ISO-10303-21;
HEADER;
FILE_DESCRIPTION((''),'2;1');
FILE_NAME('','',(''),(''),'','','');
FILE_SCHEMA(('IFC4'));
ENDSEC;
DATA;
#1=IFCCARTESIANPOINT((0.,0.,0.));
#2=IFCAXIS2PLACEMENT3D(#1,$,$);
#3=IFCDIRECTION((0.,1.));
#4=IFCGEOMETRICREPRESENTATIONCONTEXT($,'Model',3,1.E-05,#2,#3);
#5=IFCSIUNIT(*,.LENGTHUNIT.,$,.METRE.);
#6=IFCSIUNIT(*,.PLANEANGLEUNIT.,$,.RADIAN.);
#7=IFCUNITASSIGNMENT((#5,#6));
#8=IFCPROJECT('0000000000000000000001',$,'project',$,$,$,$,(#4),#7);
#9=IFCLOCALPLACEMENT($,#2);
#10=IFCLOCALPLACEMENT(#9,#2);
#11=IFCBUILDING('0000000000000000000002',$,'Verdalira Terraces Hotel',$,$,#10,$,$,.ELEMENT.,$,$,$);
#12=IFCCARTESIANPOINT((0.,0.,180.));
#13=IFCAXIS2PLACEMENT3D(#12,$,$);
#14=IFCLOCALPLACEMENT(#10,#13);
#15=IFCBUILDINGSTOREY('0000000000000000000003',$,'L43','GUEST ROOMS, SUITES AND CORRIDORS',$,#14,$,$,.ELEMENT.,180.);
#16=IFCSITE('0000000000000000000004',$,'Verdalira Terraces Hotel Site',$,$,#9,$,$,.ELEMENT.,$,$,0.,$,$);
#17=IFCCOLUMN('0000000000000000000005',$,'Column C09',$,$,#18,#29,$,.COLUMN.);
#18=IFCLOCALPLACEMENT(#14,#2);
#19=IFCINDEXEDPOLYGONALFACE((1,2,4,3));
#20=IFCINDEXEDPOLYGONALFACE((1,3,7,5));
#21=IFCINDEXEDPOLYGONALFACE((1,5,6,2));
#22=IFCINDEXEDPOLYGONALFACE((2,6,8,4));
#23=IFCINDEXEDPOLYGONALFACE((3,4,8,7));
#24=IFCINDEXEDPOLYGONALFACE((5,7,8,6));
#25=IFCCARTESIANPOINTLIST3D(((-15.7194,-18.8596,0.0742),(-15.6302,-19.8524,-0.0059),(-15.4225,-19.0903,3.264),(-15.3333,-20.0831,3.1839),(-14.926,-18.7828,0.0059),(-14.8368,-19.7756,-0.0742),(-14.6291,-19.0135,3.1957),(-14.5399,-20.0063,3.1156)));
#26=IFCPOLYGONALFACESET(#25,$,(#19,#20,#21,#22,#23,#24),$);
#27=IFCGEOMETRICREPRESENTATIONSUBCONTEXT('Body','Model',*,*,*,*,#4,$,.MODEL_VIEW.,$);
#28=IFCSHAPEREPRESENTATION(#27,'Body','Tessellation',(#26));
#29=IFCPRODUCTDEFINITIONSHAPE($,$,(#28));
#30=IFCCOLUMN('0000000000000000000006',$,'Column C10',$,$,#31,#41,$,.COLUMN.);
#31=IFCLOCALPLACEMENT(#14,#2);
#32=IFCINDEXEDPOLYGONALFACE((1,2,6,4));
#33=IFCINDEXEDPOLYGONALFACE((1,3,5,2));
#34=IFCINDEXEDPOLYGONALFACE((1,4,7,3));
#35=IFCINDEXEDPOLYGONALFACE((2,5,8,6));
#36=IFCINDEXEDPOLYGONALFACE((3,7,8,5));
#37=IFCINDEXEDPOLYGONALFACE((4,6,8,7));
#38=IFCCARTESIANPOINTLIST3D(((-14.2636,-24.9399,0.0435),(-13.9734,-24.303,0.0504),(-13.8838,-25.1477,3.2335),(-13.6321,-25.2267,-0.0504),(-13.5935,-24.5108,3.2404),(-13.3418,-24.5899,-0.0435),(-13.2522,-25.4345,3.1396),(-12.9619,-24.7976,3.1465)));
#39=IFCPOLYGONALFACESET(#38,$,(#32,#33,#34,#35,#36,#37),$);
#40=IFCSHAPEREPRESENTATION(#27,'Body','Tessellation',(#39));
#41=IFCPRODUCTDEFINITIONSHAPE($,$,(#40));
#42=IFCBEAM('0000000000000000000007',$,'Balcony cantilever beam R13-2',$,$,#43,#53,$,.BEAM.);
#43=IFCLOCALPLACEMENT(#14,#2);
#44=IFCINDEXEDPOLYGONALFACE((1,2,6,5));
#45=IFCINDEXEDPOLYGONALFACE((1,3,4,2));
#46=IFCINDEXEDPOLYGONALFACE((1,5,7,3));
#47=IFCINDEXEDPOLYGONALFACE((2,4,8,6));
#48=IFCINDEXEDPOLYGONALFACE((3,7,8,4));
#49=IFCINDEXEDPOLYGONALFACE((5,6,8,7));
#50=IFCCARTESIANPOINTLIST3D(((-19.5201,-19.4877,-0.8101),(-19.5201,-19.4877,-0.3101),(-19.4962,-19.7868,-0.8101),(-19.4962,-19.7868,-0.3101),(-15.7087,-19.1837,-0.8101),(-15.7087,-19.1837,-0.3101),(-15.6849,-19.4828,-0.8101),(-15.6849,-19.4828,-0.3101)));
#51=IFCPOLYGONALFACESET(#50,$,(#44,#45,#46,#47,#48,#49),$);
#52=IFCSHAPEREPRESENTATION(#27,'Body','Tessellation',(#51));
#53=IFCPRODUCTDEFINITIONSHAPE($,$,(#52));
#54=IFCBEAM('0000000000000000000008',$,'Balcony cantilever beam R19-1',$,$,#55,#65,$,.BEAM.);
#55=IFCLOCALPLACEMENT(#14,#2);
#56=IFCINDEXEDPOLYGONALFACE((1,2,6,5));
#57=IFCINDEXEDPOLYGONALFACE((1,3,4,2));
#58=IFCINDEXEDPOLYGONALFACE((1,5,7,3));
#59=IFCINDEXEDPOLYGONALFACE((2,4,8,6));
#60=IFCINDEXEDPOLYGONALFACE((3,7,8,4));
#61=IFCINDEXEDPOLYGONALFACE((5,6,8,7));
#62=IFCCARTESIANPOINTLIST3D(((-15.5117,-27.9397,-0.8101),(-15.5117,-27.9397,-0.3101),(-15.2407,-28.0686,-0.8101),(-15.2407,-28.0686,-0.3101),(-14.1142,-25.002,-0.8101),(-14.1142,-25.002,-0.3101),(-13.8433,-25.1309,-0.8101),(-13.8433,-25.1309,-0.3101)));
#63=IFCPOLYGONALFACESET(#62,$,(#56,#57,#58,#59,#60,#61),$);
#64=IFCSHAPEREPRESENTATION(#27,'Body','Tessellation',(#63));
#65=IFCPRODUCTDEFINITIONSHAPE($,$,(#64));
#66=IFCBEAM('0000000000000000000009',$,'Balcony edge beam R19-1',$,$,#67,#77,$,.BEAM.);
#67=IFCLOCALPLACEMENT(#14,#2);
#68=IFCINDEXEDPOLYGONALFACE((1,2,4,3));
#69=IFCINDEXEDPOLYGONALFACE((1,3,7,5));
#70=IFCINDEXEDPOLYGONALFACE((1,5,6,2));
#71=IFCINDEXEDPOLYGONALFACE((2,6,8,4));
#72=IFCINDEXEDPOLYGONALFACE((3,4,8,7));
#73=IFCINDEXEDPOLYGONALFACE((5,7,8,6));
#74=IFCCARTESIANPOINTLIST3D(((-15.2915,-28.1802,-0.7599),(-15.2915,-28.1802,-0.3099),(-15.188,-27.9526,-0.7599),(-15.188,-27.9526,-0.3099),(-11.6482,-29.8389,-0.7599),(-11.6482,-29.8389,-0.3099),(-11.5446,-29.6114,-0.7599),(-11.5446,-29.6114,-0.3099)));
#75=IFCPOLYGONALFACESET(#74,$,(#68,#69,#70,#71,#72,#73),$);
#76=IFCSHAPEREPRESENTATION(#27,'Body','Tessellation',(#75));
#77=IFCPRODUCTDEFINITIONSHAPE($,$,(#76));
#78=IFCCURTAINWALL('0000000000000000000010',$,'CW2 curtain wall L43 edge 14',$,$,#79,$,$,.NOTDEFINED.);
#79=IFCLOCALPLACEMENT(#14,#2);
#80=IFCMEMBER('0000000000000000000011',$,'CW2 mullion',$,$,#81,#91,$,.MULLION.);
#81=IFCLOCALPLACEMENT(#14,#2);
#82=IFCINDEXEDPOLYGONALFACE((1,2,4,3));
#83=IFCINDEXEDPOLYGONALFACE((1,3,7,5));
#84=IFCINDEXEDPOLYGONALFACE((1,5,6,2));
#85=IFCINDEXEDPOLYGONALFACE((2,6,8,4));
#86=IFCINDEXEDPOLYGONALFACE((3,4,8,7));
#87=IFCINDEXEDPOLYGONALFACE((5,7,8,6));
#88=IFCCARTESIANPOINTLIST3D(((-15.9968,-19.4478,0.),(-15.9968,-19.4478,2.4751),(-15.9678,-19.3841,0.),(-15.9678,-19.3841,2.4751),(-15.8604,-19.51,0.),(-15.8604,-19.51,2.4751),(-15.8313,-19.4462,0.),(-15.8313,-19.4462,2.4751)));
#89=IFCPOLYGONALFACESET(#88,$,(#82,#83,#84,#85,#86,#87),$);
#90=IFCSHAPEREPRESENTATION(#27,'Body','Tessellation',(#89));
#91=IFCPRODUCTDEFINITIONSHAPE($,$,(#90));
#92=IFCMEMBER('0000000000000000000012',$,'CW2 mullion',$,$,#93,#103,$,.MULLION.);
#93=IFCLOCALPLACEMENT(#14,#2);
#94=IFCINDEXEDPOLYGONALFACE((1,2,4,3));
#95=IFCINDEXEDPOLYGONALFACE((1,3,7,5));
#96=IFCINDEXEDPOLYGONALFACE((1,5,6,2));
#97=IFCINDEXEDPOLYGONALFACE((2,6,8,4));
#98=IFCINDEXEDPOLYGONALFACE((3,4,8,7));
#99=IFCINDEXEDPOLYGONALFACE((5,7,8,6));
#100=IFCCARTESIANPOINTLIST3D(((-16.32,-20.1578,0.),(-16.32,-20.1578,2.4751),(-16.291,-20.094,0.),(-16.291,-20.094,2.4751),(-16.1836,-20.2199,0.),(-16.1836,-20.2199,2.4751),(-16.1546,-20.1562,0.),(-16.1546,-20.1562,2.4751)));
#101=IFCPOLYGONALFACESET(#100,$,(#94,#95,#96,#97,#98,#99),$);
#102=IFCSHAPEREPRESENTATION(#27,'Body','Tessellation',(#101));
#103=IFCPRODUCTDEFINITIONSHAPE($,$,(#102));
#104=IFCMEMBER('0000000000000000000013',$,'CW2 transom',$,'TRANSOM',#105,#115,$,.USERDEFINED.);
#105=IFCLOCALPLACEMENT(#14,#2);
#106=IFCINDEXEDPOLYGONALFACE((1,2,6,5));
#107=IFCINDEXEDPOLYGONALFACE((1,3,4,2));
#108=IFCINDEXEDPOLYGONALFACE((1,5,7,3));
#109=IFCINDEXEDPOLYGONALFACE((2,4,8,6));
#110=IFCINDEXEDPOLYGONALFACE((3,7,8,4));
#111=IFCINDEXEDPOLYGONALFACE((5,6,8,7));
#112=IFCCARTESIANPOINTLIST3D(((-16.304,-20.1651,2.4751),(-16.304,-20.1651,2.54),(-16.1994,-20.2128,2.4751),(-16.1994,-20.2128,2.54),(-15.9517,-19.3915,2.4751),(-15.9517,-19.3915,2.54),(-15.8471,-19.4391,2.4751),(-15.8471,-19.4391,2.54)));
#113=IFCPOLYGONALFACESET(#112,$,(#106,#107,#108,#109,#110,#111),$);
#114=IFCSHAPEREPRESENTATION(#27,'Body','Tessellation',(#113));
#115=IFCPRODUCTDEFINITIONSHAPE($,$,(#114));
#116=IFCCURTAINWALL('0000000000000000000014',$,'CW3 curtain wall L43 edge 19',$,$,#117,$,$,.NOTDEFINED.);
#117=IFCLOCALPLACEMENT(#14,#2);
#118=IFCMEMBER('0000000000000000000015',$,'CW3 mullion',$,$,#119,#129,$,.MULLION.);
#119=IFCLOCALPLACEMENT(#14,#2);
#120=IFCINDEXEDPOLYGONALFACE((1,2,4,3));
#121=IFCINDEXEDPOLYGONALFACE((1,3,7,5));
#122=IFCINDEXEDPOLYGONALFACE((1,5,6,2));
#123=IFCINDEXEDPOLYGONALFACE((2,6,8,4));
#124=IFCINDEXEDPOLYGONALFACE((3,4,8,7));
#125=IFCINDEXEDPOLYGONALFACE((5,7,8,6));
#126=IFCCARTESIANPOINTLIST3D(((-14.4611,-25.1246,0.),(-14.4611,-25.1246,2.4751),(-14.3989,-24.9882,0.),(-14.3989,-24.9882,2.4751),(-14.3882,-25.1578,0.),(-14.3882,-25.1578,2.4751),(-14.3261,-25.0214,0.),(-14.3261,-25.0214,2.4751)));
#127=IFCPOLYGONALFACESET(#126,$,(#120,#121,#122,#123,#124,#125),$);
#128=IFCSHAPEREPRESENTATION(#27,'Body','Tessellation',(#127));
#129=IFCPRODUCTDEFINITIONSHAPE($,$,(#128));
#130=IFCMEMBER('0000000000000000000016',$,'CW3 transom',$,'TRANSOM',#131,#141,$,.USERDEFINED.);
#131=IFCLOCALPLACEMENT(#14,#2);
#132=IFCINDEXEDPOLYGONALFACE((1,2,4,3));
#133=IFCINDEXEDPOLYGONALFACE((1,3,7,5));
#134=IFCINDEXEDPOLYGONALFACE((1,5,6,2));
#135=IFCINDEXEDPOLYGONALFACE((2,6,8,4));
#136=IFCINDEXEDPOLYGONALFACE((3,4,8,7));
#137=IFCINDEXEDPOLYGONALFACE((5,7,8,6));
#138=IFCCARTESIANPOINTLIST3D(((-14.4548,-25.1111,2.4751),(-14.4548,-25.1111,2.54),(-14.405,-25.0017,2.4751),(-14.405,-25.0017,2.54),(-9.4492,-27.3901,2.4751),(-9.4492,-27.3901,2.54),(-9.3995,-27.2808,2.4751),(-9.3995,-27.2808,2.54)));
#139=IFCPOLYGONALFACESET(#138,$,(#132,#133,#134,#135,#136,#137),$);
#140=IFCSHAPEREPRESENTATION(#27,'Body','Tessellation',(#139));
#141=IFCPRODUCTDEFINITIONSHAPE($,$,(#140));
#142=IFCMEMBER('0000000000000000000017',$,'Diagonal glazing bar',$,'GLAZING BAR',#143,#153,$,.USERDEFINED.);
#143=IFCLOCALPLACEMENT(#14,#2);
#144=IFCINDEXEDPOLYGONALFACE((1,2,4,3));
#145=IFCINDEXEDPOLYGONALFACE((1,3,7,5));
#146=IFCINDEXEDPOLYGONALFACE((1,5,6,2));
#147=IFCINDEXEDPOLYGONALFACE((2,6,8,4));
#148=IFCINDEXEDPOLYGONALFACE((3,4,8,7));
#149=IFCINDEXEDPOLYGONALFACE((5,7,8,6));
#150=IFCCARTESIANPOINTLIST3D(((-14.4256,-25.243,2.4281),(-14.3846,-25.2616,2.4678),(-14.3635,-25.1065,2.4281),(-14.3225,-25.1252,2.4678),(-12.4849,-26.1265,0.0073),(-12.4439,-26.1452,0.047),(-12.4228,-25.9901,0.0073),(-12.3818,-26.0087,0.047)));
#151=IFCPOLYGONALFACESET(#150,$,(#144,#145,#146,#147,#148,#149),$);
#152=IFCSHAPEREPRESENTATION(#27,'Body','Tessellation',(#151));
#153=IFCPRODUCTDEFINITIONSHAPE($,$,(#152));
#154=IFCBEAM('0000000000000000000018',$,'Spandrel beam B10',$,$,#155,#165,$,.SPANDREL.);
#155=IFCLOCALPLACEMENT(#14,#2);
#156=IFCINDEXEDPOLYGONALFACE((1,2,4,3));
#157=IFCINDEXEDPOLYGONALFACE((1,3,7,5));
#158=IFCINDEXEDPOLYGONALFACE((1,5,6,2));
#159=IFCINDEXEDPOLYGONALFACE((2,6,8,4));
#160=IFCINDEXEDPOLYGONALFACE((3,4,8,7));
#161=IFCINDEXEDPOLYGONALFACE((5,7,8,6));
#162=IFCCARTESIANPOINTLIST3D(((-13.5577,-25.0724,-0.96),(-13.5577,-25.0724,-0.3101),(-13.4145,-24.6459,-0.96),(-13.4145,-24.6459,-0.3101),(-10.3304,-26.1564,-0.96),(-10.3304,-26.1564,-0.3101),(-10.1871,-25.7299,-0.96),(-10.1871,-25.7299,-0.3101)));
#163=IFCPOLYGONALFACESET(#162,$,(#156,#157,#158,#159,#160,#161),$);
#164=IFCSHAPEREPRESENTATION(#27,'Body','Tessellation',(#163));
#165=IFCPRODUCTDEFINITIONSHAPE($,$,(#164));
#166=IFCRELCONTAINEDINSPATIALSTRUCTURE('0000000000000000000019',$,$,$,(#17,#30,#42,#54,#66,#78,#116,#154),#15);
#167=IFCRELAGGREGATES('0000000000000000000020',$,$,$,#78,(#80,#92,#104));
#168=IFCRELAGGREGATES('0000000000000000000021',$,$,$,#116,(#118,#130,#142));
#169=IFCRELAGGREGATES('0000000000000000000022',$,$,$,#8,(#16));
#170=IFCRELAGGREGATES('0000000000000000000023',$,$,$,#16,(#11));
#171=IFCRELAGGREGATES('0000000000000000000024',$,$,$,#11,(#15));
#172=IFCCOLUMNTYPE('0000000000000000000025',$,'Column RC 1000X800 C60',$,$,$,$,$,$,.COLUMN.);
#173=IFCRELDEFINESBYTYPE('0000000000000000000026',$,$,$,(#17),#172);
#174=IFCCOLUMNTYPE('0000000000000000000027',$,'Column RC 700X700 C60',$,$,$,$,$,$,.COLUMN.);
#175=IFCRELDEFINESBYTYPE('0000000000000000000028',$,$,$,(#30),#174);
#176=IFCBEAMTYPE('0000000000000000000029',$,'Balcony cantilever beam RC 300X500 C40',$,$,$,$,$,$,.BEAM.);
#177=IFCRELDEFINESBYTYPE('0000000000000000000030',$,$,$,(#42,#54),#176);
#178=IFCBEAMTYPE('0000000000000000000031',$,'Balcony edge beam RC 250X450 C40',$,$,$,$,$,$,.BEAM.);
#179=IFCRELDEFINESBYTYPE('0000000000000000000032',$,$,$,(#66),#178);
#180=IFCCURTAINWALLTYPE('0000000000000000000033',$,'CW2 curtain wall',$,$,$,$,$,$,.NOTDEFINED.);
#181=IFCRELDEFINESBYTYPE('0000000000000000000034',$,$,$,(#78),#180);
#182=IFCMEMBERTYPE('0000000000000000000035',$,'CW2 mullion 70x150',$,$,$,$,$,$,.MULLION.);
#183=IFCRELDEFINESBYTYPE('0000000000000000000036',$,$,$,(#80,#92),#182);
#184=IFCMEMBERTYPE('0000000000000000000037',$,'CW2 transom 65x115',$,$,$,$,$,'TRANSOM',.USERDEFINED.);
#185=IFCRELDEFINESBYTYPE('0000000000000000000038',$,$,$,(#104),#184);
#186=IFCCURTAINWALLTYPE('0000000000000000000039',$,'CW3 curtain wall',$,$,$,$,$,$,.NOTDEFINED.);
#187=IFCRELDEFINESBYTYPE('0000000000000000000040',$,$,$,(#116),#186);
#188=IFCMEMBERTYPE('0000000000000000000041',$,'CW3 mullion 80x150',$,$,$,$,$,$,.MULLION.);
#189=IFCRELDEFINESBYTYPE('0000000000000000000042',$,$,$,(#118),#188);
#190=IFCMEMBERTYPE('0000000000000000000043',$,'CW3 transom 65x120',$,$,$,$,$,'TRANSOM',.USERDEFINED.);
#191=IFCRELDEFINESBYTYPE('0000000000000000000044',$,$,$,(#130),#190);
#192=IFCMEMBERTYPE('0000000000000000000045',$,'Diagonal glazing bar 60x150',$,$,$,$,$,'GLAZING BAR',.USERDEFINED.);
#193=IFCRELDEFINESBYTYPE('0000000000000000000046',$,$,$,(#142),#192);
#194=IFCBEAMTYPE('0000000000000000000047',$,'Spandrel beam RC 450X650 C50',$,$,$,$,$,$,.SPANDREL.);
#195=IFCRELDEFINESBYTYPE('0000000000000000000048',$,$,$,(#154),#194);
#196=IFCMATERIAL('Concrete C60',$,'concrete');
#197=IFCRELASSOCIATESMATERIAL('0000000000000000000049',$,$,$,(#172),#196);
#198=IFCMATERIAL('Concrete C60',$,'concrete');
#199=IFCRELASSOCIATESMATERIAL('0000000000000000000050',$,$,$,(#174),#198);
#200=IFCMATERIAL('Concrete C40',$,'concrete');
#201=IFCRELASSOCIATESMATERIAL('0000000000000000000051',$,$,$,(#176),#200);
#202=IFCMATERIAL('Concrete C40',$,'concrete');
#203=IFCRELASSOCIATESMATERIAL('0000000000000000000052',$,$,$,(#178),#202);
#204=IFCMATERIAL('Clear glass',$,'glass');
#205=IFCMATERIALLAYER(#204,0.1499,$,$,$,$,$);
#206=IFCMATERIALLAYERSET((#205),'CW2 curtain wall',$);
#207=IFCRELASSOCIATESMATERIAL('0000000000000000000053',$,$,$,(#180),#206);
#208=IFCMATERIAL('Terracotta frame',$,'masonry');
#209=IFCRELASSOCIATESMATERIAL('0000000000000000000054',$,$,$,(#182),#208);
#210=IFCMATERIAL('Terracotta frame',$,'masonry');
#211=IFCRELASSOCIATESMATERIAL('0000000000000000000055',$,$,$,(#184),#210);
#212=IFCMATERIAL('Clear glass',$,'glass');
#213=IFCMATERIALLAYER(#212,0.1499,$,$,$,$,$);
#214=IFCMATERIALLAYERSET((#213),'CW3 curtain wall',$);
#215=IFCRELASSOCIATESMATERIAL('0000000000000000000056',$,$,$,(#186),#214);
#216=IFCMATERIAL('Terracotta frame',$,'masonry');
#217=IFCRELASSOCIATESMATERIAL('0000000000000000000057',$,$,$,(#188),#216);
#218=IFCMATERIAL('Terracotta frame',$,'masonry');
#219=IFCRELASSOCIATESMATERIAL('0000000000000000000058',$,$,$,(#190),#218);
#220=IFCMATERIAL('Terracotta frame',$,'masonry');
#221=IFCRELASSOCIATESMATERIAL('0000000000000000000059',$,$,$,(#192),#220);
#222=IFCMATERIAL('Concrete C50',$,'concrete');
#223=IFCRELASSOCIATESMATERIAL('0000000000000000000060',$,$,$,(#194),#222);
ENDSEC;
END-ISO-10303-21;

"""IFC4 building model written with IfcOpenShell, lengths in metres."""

from ifc_helpers import new_model, si_unit, direction, frame, origin, origin_2d, place, context, subcontext, project, spatial, rectangle, extrude, material, layer, layer_set, material_profile, profile_set, type_object, element, aggregate, save


model = new_model("IFC4")

# Units and contexts
model_context = context("Model", 3, precision=1e-05, world=origin(), true_north=direction((0.0, 1.0)))
body_context = subcontext(model_context, "Body", "Model", "MODEL_VIEW")
ifc_project = project(units=[si_unit("LENGTHUNIT", "METRE"), si_unit("PLANEANGLEUNIT", "RADIAN")], contexts=[model_context])

# Site, building, storey
site_placement = place(None, origin())
site = spatial("IfcSite", under=ifc_project, at=site_placement, Name="Verdalira Terraces Hotel Site", CompositionType="ELEMENT", RefElevation=0.0)
building_placement = place(site_placement, origin())
building = spatial("IfcBuilding", under=site, at=building_placement, Name="Verdalira Terraces Hotel", CompositionType="ELEMENT")
storey_placement = place(building_placement, frame((0.0, 0.0, 180.0)))
storey = spatial("IfcBuildingStorey", under=building, at=storey_placement, Name="L43", Description="GUEST ROOMS, SUITES AND CORRIDORS", CompositionType="ELEMENT", Elevation=180.0)

# Columns
ifc_material_1 = material(Name="Concrete C60", Category="concrete")
ifc_material_profile_1 = material_profile(ifc_material_1, rectangle(XDim=1.0, YDim=0.8, at=origin_2d()), Name="RC 1000X800")
ifc_profile_set_1 = profile_set([ifc_material_profile_1], Name="Concrete C60")
column_type_1 = type_object("IfcColumnType", Name="Column RC 1000X800 C60", PredefinedType="COLUMN", material=ifc_profile_set_1)
column_1_placement = place(storey_placement, frame((-15.2781, -19.3176, 0.0), z_axis=(0.092426, -0.071828, 0.993125), x_axis=(-0.08919, 0.992788, 0.080104)))
element("IfcColumn", 1, at=column_1_placement, inside=storey, type_object=column_type_1, Name="Column C09", PredefinedType="COLUMN", context=body_context, shape_type="SweptSolid", body=[
    extrude(rectangle(XDim=1.0, YDim=0.8, at=origin_2d()), origin(), (0.0, 0.0, 1.0), 3.2119),
])
ifc_material_2 = material(Name="Concrete C60", Category="concrete")
ifc_material_profile_2 = material_profile(ifc_material_2, rectangle(XDim=0.7, YDim=0.7, at=origin_2d()), Name="RC 700X700")
ifc_profile_set_2 = profile_set([ifc_material_profile_2], Name="Concrete C60")
column_type_2 = type_object("IfcColumnType", Name="Column RC 700X700 C60", PredefinedType="COLUMN", material=ifc_profile_set_2)
column_2_placement = place(storey_placement, frame((-13.8027, -24.7649, 0.0), z_axis=(0.118006, -0.064539, 0.990913), x_axis=(0.902274, -0.409767, -0.134138)))
element("IfcColumn", 2, at=column_2_placement, inside=storey, type_object=column_type_2, Name="Column C10", PredefinedType="COLUMN", context=body_context, shape_type="SweptSolid", body=[
    extrude(rectangle(XDim=0.7, YDim=0.7, at=origin_2d()), origin(), (0.0, 0.0, 1.0), 3.2192),
])

# Beams
ifc_material_3 = material(Name="Concrete C40", Category="concrete")
ifc_material_profile_3 = material_profile(ifc_material_3, rectangle(XDim=0.3, YDim=0.5, at=origin_2d()), Name="RC 300X500")
ifc_profile_set_3 = profile_set([ifc_material_profile_3], Name="Concrete C40")
beam_type_1 = type_object("IfcBeamType", Name="Balcony cantilever beam RC 300X500 C40", PredefinedType="BEAM", material=ifc_profile_set_3)
beam_1_placement = place(storey_placement, frame((-15.6968, -19.3333, -0.5601), z_axis=(-0.996835, -0.079499, 0.0), x_axis=(0.079499, -0.996835, 0.0)))
element("IfcBeam", 3, at=beam_1_placement, inside=storey, type_object=beam_type_1, Name="Balcony cantilever beam R13-2", PredefinedType="BEAM", context=body_context, shape_type="SweptSolid", body=[
    extrude(rectangle(XDim=0.3, YDim=0.5, at=origin_2d()), origin(), (0.0, 0.0, 1.0), 3.8235),
])
beam_2_placement = place(storey_placement, frame((-13.9788, -25.0664, -0.5601), z_axis=(-0.429566, -0.903035, 0.0), x_axis=(0.903035, -0.429566, 0.0)))
element("IfcBeam", 4, at=beam_2_placement, inside=storey, type_object=beam_type_1, Name="Balcony cantilever beam R19-1", PredefinedType="BEAM", context=body_context, shape_type="SweptSolid", body=[
    extrude(rectangle(XDim=0.3, YDim=0.5, at=origin_2d()), origin(), (0.0, 0.0, 1.0), 3.2532),
])
ifc_material_4 = material(Name="Concrete C40", Category="concrete")
ifc_material_profile_4 = material_profile(ifc_material_4, rectangle(XDim=0.25, YDim=0.45, at=origin_2d()), Name="RC 250X450")
ifc_profile_set_4 = profile_set([ifc_material_profile_4], Name="Concrete C40")
beam_type_2 = type_object("IfcBeamType", Name="Balcony edge beam RC 250X450 C40", PredefinedType="BEAM", material=ifc_profile_set_4)
beam_3_placement = place(storey_placement, frame((-15.2397, -28.0664, -0.5349), z_axis=(0.910118, -0.41435, 0.0), x_axis=(0.41435, 0.910118, 0.0)))
element("IfcBeam", 5, at=beam_3_placement, inside=storey, type_object=beam_type_2, Name="Balcony edge beam R19-1", PredefinedType="BEAM", context=body_context, shape_type="SweptSolid", body=[
    extrude(rectangle(XDim=0.25, YDim=0.45, at=origin_2d()), origin(), (0.0, 0.0, 1.0), 4.0032),
])

# Curtain walls, members
ifc_material_5 = material(Name="Clear glass", Category="glass")
ifc_layer_1 = layer(ifc_material_5, 0.1499)
ifc_layer_set_1 = layer_set([ifc_layer_1], Name="CW2 curtain wall")
curtain_wall_type_1 = type_object("IfcCurtainWallType", Name="CW2 curtain wall", PredefinedType="NOTDEFINED", material=ifc_layer_set_1)
curtain_wall_1_placement = place(storey_placement, origin())
curtain_wall_1 = element("IfcCurtainWall", 6, at=curtain_wall_1_placement, inside=storey, type_object=curtain_wall_type_1, Name="CW2 curtain wall L43 edge 14", PredefinedType="NOTDEFINED")
ifc_material_6 = material(Name="Terracotta frame", Category="masonry")
ifc_material_profile_5 = material_profile(ifc_material_6, rectangle(XDim=0.0701, YDim=0.1499, at=origin_2d()), Name="MU 70x150")
ifc_profile_set_5 = profile_set([ifc_material_profile_5], Name="Terracotta frame")
member_type_1 = type_object("IfcMemberType", Name="CW2 mullion 70x150", PredefinedType="MULLION", material=ifc_profile_set_5)
member_1_placement = place(storey_placement, frame((-15.9141, -19.447, 0.0), z_axis=(0.0, 0.0, 1.0), x_axis=(-0.414376, -0.910106, 0.0)))
member_1 = element("IfcMember", 7, at=member_1_placement, type_object=member_type_1, Name="CW2 mullion", PredefinedType="MULLION", context=body_context, shape_type="SweptSolid", body=[
    extrude(rectangle(XDim=0.0701, YDim=0.1499, at=origin_2d()), origin(), (0.0, 0.0, 1.0), 2.4751),
])
member_2_placement = place(storey_placement, frame((-16.2373, -20.157, 0.0), z_axis=(0.0, 0.0, 1.0), x_axis=(-0.414376, -0.910106, 0.0)))
member_2 = element("IfcMember", 8, at=member_2_placement, type_object=member_type_1, Name="CW2 mullion", PredefinedType="MULLION", context=body_context, shape_type="SweptSolid", body=[
    extrude(rectangle(XDim=0.0701, YDim=0.1499, at=origin_2d()), origin(), (0.0, 0.0, 1.0), 2.4751),
])
ifc_material_7 = material(Name="Terracotta frame", Category="masonry")
ifc_material_profile_6 = material_profile(ifc_material_7, rectangle(XDim=0.115, YDim=0.0649, at=origin_2d()), Name="TR 65x115")
ifc_profile_set_6 = profile_set([ifc_material_profile_6], Name="Terracotta frame")
member_type_2 = type_object("IfcMemberType", Name="CW2 transom 65x115", ElementType="TRANSOM", PredefinedType="USERDEFINED", material=ifc_profile_set_6)
member_3_placement = place(storey_placement, frame((-15.8994, -19.4153, 2.5076), z_axis=(-0.414409, -0.910091, 0.0), x_axis=(0.910091, -0.414409, 0.0)))
member_3 = element("IfcMember", 9, at=member_3_placement, type_object=member_type_2, Name="CW2 transom", ObjectType="TRANSOM", PredefinedType="USERDEFINED", context=body_context, shape_type="SweptSolid", body=[
    extrude(rectangle(XDim=0.115, YDim=0.0649, at=origin_2d()), origin(), (0.0, 0.0, 1.0), 0.8501),
])
ifc_material_8 = material(Name="Clear glass", Category="glass")
ifc_layer_2 = layer(ifc_material_8, 0.1499)
ifc_layer_set_2 = layer_set([ifc_layer_2], Name="CW3 curtain wall")
curtain_wall_type_2 = type_object("IfcCurtainWallType", Name="CW3 curtain wall", PredefinedType="NOTDEFINED", material=ifc_layer_set_2)
curtain_wall_2_placement = place(storey_placement, origin())
curtain_wall_2 = element("IfcCurtainWall", 10, at=curtain_wall_2_placement, inside=storey, type_object=curtain_wall_type_2, Name="CW3 curtain wall L43 edge 19", PredefinedType="NOTDEFINED")
ifc_material_9 = material(Name="Terracotta frame", Category="masonry")
ifc_material_profile_7 = material_profile(ifc_material_9, rectangle(XDim=0.0801, YDim=0.1499, at=origin_2d()), Name="MU 80x150")
ifc_profile_set_7 = profile_set([ifc_material_profile_7], Name="Terracotta frame")
member_type_3 = type_object("IfcMemberType", Name="CW3 mullion 80x150", PredefinedType="MULLION", material=ifc_profile_set_7)
member_4_placement = place(storey_placement, frame((-14.3936, -25.073, 0.0), z_axis=(0.0, 0.0, 1.0), x_axis=(0.910106, -0.414376, 0.0)))
member_4 = element("IfcMember", 11, at=member_4_placement, type_object=member_type_3, Name="CW3 mullion", PredefinedType="MULLION", context=body_context, shape_type="SweptSolid", body=[
    extrude(rectangle(XDim=0.0801, YDim=0.1499, at=origin_2d()), origin(), (0.0, 0.0, 1.0), 2.4751),
])
ifc_material_10 = material(Name="Terracotta frame", Category="masonry")
ifc_material_profile_8 = material_profile(ifc_material_10, rectangle(XDim=0.1201, YDim=0.0649, at=origin_2d()), Name="TR 65x120")
ifc_profile_set_8 = profile_set([ifc_material_profile_8], Name="Terracotta frame")
member_type_4 = type_object("IfcMemberType", Name="CW3 transom 65x120", ElementType="TRANSOM", PredefinedType="USERDEFINED", material=ifc_profile_set_8)
member_5_placement = place(storey_placement, frame((-14.4299, -25.0564, 2.5076), z_axis=(0.910108, -0.414371, 0.0), x_axis=(0.414371, 0.910108, 0.0)))
member_5 = element("IfcMember", 12, at=member_5_placement, type_object=member_type_4, Name="CW3 transom", ObjectType="TRANSOM", PredefinedType="USERDEFINED", context=body_context, shape_type="SweptSolid", body=[
    extrude(rectangle(XDim=0.1201, YDim=0.0649, at=origin_2d()), origin(), (0.0, 0.0, 1.0), 5.5),
])
ifc_material_11 = material(Name="Terracotta frame", Category="masonry")
ifc_material_profile_9 = material_profile(ifc_material_11, rectangle(XDim=0.1499, YDim=0.0601, at=origin_2d()), Name="GB 60x150")
ifc_profile_set_9 = profile_set([ifc_material_profile_9], Name="Terracotta frame")
member_type_5 = type_object("IfcMemberType", Name="Diagonal glazing bar 60x150", ElementType="GLAZING BAR", PredefinedType="USERDEFINED", material=ifc_profile_set_9)
member_6_placement = place(storey_placement, frame((-14.374, -25.1841, 2.448), z_axis=(0.601557, -0.273875, -0.750414), x_axis=(0.414355, 0.910115, 0.0)))
member_6 = element("IfcMember", 13, at=member_6_placement, type_object=member_type_5, Name="Diagonal glazing bar", ObjectType="GLAZING BAR", PredefinedType="USERDEFINED", context=body_context, shape_type="SweptSolid", body=[
    extrude(rectangle(XDim=0.1499, YDim=0.0601, at=origin_2d()), origin(), (0.0, 0.0, 1.0), 3.2261),
])

# Beam
ifc_material_12 = material(Name="Concrete C50", Category="concrete")
ifc_material_profile_10 = material_profile(ifc_material_12, rectangle(XDim=0.45, YDim=0.6499, at=origin_2d()), Name="RC 450X650")
ifc_profile_set_10 = profile_set([ifc_material_profile_10], Name="Concrete C50")
beam_type_3 = type_object("IfcBeamType", Name="Spandrel beam RC 450X650 C50", PredefinedType="SPANDREL", material=ifc_profile_set_10)
beam_4_placement = place(storey_placement, frame((-13.4861, -24.8591, -0.635), z_axis=(0.947957, -0.3184, 0.0), x_axis=(0.3184, 0.947957, 0.0)))
element("IfcBeam", 14, at=beam_4_placement, inside=storey, type_object=beam_type_3, Name="Spandrel beam B10", PredefinedType="SPANDREL", context=body_context, shape_type="SweptSolid", body=[
    extrude(rectangle(XDim=0.45, YDim=0.6499, at=origin_2d()), origin(), (0.0, 0.0, 1.0), 3.4045),
])

aggregate(curtain_wall_1, [member_1, member_2, member_3])
aggregate(curtain_wall_2, [member_4, member_5, member_6])

save(model, "model.ifc")
